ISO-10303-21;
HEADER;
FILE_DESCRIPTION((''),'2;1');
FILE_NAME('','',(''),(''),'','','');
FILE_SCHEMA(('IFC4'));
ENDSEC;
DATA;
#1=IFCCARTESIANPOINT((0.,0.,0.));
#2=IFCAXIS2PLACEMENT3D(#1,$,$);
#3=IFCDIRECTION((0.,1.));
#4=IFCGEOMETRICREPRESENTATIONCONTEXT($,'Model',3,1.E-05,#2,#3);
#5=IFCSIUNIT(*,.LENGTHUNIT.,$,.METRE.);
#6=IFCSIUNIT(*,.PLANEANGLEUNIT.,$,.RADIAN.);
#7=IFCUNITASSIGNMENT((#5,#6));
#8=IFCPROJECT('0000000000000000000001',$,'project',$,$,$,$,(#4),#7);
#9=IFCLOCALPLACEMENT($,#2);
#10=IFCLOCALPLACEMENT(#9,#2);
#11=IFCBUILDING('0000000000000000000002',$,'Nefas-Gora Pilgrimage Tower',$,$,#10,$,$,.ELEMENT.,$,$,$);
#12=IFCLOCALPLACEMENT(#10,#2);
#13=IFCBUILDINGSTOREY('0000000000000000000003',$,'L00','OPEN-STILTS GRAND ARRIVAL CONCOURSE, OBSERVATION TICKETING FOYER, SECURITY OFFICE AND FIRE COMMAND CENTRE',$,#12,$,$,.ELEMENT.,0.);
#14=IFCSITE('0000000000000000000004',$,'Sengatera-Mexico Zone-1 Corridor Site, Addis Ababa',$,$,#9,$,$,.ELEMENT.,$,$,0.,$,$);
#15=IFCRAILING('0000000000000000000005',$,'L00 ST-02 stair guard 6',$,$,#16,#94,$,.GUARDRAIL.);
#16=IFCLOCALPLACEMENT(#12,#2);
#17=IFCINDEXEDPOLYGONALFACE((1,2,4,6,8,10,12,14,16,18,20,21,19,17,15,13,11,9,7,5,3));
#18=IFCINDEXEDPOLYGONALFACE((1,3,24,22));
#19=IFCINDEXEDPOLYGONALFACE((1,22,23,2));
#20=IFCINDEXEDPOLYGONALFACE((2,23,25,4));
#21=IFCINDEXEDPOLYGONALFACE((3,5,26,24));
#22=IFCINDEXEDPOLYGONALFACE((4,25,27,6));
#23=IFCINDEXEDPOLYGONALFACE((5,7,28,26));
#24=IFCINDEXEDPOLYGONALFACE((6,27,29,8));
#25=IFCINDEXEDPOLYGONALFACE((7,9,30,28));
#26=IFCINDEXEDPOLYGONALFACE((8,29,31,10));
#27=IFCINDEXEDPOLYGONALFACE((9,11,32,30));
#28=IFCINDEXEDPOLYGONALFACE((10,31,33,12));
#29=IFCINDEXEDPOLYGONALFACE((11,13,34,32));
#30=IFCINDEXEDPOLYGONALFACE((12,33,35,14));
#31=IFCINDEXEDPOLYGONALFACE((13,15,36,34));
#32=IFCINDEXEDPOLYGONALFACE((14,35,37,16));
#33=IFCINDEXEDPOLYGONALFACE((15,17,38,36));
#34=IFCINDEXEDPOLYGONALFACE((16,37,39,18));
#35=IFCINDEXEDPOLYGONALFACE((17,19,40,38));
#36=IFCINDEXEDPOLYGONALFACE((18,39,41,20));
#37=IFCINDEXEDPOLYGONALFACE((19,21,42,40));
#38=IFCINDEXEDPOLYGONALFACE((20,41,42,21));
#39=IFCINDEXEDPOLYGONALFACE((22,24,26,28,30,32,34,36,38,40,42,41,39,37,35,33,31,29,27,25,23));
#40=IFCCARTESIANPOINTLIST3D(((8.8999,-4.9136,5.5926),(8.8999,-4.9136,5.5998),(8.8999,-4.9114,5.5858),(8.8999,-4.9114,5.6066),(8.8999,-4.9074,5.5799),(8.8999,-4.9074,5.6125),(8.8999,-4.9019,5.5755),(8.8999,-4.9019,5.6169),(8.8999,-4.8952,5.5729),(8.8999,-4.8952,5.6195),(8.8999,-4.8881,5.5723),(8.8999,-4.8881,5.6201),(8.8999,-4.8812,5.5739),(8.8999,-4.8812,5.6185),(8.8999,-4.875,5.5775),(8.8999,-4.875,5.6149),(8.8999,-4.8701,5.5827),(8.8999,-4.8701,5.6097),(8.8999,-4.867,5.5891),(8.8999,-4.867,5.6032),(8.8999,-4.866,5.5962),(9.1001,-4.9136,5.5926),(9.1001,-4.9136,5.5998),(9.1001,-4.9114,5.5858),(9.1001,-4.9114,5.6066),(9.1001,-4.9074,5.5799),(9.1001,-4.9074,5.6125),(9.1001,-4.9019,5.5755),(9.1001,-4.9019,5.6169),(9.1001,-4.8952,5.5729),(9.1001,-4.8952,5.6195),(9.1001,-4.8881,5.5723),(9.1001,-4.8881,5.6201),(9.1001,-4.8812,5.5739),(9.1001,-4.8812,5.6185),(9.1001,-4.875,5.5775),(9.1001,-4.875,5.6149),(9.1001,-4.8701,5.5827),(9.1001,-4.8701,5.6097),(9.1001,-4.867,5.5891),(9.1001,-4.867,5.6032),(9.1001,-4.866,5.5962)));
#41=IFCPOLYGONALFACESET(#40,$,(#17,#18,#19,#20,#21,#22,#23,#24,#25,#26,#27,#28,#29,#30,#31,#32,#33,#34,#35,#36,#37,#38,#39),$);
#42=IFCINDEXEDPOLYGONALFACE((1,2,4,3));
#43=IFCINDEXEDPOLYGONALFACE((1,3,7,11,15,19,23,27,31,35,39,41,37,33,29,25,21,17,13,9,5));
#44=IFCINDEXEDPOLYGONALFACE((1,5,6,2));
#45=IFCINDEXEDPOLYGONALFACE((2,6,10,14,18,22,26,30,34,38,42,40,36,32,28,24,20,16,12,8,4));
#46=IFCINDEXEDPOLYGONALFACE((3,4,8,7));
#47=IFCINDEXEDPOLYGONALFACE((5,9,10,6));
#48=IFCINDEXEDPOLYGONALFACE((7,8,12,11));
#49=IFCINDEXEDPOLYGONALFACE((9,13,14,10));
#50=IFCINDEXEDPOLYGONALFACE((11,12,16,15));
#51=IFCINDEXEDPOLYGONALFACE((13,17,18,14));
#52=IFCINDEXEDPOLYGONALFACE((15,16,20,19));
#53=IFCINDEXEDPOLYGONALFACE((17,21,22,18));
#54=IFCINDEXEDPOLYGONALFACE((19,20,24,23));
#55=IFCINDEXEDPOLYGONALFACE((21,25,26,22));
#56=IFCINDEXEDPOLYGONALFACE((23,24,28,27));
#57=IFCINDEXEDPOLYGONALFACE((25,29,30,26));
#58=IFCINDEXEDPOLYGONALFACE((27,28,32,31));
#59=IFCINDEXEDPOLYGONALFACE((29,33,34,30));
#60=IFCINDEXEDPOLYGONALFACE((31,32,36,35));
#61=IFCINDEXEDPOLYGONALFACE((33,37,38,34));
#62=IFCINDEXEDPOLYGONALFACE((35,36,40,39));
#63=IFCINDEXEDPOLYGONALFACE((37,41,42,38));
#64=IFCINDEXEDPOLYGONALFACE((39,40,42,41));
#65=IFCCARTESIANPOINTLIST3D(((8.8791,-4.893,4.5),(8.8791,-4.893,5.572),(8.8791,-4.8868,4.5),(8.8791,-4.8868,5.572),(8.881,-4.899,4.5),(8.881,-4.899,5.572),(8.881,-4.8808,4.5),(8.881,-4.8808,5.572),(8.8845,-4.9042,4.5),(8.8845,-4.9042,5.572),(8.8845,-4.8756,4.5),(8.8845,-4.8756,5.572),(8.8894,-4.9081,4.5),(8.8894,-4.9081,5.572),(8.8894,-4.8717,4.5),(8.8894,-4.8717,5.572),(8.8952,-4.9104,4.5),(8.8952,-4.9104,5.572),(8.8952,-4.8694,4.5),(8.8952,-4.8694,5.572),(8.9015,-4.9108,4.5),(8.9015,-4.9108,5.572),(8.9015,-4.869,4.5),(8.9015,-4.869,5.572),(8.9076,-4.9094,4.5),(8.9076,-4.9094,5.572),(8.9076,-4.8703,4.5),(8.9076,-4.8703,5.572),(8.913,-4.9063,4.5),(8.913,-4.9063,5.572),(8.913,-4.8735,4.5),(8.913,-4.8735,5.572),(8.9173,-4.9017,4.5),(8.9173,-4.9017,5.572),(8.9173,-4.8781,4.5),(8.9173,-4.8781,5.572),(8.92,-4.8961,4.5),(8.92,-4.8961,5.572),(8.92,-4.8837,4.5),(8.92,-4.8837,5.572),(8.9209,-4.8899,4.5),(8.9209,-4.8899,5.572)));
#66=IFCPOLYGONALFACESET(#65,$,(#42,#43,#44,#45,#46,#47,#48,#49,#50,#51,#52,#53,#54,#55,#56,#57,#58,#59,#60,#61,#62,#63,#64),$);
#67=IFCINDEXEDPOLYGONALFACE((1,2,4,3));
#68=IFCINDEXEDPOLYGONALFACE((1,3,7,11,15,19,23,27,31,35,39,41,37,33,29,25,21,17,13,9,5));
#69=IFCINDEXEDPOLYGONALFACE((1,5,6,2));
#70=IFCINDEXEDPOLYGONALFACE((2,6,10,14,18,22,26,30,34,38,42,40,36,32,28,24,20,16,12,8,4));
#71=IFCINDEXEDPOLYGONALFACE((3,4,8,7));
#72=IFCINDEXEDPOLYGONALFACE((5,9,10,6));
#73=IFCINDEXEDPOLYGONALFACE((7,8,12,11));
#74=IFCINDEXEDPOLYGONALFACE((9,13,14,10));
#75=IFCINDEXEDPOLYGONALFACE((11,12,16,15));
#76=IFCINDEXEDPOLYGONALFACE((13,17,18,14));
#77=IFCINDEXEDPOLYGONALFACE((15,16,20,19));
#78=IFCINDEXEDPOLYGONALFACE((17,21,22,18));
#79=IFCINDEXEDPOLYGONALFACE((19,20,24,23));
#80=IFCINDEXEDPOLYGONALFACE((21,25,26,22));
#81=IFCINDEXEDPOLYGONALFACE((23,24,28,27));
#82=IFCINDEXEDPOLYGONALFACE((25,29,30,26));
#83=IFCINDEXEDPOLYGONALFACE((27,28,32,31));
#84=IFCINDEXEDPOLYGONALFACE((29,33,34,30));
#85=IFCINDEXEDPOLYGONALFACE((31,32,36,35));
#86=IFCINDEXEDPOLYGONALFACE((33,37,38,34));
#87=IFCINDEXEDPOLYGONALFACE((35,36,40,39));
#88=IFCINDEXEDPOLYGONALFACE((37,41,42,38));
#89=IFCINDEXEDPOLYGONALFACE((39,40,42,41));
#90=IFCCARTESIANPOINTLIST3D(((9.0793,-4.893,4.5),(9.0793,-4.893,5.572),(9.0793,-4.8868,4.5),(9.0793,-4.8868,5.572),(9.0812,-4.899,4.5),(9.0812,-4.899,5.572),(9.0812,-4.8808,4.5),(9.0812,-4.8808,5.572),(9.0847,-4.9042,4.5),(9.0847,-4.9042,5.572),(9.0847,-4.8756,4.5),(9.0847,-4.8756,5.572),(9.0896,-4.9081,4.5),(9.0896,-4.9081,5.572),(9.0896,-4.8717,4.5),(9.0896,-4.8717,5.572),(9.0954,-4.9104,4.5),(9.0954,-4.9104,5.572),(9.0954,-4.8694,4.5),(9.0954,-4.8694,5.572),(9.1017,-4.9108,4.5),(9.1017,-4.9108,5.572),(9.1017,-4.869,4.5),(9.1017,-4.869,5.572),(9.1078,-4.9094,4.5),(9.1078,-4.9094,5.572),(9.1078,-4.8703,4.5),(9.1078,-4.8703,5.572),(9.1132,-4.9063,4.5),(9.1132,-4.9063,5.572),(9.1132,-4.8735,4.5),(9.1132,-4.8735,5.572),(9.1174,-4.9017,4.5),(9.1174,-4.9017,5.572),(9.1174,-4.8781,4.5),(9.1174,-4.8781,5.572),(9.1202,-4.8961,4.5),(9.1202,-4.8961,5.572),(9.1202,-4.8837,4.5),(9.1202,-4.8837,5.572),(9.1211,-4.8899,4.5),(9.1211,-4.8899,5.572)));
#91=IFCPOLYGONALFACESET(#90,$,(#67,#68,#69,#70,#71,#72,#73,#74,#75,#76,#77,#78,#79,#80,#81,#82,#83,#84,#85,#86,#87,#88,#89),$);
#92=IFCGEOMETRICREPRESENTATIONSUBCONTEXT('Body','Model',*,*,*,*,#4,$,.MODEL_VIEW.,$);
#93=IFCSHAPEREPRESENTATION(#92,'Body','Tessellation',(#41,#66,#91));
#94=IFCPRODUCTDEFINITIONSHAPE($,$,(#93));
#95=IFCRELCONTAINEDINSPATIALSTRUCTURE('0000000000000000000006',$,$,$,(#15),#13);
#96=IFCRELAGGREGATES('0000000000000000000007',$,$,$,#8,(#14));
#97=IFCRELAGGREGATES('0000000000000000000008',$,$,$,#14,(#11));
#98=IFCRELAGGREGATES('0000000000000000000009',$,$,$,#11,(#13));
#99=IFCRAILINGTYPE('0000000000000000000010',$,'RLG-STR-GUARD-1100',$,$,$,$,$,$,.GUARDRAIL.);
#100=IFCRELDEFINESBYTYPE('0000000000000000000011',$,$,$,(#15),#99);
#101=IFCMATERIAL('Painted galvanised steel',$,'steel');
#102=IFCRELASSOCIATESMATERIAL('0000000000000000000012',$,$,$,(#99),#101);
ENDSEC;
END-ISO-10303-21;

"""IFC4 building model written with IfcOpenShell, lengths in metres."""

from ifc_helpers import new_model, si_unit, direction, frame, origin, origin_2d, place, context, subcontext, project, spatial, circle, extrude, material, type_object, element, save


model = new_model("IFC4")

# Units and contexts
model_context = context("Model", 3, precision=1e-05, world=origin(), true_north=direction((0.0, 1.0)))
body_context = subcontext(model_context, "Body", "Model", "MODEL_VIEW")
ifc_project = project(units=[si_unit("LENGTHUNIT", "METRE"), si_unit("PLANEANGLEUNIT", "RADIAN")], contexts=[model_context])

# Site, building, storey
site_placement = place(None, origin())
site = spatial("IfcSite", under=ifc_project, at=site_placement, Name="Sengatera-Mexico Zone-1 Corridor Site, Addis Ababa", CompositionType="ELEMENT", RefElevation=0.0)
building_placement = place(site_placement, origin())
building = spatial("IfcBuilding", under=site, at=building_placement, Name="Nefas-Gora Pilgrimage Tower", CompositionType="ELEMENT")
storey_placement = place(building_placement, origin())
storey = spatial("IfcBuildingStorey", under=building, at=storey_placement, Name="L00", Description="OPEN-STILTS GRAND ARRIVAL CONCOURSE, OBSERVATION TICKETING FOYER, SECURITY OFFICE AND FIRE COMMAND CENTRE", CompositionType="ELEMENT", Elevation=0.0)

# Railing
ifc_material_1 = material(Name="Painted galvanised steel", Category="steel")
railing_type_1 = type_object("IfcRailingType", Name="RLG-STR-GUARD-1100", PredefinedType="GUARDRAIL", material=ifc_material_1)
railing_1_placement = place(storey_placement, frame((8.8999, -4.8899, 4.5)))
element("IfcRailing", 1, at=railing_1_placement, inside=storey, type_object=railing_type_1, Name="L00 ST-02 stair guard 6", PredefinedType="GUARDRAIL", context=body_context, shape_type="SweptSolid", body=[
    extrude(circle(Radius=0.0239, at=origin_2d()), frame((0.0, 0.0, 1.0962), z_axis=(1.0, 0.0, 0.0), x_axis=(0.0, 1.0, 0.0)), (0.0, 0.0, 1.0), 0.2002),
    extrude(circle(Radius=0.021, at=origin_2d()), origin(), (0.0, 0.0, 1.0), 1.072),
    extrude(circle(Radius=0.021, at=origin_2d()), frame((0.2002, 0.0, 0.0)), (0.0, 0.0, 1.0), 1.072),
])

save(model, "model.ifc")
